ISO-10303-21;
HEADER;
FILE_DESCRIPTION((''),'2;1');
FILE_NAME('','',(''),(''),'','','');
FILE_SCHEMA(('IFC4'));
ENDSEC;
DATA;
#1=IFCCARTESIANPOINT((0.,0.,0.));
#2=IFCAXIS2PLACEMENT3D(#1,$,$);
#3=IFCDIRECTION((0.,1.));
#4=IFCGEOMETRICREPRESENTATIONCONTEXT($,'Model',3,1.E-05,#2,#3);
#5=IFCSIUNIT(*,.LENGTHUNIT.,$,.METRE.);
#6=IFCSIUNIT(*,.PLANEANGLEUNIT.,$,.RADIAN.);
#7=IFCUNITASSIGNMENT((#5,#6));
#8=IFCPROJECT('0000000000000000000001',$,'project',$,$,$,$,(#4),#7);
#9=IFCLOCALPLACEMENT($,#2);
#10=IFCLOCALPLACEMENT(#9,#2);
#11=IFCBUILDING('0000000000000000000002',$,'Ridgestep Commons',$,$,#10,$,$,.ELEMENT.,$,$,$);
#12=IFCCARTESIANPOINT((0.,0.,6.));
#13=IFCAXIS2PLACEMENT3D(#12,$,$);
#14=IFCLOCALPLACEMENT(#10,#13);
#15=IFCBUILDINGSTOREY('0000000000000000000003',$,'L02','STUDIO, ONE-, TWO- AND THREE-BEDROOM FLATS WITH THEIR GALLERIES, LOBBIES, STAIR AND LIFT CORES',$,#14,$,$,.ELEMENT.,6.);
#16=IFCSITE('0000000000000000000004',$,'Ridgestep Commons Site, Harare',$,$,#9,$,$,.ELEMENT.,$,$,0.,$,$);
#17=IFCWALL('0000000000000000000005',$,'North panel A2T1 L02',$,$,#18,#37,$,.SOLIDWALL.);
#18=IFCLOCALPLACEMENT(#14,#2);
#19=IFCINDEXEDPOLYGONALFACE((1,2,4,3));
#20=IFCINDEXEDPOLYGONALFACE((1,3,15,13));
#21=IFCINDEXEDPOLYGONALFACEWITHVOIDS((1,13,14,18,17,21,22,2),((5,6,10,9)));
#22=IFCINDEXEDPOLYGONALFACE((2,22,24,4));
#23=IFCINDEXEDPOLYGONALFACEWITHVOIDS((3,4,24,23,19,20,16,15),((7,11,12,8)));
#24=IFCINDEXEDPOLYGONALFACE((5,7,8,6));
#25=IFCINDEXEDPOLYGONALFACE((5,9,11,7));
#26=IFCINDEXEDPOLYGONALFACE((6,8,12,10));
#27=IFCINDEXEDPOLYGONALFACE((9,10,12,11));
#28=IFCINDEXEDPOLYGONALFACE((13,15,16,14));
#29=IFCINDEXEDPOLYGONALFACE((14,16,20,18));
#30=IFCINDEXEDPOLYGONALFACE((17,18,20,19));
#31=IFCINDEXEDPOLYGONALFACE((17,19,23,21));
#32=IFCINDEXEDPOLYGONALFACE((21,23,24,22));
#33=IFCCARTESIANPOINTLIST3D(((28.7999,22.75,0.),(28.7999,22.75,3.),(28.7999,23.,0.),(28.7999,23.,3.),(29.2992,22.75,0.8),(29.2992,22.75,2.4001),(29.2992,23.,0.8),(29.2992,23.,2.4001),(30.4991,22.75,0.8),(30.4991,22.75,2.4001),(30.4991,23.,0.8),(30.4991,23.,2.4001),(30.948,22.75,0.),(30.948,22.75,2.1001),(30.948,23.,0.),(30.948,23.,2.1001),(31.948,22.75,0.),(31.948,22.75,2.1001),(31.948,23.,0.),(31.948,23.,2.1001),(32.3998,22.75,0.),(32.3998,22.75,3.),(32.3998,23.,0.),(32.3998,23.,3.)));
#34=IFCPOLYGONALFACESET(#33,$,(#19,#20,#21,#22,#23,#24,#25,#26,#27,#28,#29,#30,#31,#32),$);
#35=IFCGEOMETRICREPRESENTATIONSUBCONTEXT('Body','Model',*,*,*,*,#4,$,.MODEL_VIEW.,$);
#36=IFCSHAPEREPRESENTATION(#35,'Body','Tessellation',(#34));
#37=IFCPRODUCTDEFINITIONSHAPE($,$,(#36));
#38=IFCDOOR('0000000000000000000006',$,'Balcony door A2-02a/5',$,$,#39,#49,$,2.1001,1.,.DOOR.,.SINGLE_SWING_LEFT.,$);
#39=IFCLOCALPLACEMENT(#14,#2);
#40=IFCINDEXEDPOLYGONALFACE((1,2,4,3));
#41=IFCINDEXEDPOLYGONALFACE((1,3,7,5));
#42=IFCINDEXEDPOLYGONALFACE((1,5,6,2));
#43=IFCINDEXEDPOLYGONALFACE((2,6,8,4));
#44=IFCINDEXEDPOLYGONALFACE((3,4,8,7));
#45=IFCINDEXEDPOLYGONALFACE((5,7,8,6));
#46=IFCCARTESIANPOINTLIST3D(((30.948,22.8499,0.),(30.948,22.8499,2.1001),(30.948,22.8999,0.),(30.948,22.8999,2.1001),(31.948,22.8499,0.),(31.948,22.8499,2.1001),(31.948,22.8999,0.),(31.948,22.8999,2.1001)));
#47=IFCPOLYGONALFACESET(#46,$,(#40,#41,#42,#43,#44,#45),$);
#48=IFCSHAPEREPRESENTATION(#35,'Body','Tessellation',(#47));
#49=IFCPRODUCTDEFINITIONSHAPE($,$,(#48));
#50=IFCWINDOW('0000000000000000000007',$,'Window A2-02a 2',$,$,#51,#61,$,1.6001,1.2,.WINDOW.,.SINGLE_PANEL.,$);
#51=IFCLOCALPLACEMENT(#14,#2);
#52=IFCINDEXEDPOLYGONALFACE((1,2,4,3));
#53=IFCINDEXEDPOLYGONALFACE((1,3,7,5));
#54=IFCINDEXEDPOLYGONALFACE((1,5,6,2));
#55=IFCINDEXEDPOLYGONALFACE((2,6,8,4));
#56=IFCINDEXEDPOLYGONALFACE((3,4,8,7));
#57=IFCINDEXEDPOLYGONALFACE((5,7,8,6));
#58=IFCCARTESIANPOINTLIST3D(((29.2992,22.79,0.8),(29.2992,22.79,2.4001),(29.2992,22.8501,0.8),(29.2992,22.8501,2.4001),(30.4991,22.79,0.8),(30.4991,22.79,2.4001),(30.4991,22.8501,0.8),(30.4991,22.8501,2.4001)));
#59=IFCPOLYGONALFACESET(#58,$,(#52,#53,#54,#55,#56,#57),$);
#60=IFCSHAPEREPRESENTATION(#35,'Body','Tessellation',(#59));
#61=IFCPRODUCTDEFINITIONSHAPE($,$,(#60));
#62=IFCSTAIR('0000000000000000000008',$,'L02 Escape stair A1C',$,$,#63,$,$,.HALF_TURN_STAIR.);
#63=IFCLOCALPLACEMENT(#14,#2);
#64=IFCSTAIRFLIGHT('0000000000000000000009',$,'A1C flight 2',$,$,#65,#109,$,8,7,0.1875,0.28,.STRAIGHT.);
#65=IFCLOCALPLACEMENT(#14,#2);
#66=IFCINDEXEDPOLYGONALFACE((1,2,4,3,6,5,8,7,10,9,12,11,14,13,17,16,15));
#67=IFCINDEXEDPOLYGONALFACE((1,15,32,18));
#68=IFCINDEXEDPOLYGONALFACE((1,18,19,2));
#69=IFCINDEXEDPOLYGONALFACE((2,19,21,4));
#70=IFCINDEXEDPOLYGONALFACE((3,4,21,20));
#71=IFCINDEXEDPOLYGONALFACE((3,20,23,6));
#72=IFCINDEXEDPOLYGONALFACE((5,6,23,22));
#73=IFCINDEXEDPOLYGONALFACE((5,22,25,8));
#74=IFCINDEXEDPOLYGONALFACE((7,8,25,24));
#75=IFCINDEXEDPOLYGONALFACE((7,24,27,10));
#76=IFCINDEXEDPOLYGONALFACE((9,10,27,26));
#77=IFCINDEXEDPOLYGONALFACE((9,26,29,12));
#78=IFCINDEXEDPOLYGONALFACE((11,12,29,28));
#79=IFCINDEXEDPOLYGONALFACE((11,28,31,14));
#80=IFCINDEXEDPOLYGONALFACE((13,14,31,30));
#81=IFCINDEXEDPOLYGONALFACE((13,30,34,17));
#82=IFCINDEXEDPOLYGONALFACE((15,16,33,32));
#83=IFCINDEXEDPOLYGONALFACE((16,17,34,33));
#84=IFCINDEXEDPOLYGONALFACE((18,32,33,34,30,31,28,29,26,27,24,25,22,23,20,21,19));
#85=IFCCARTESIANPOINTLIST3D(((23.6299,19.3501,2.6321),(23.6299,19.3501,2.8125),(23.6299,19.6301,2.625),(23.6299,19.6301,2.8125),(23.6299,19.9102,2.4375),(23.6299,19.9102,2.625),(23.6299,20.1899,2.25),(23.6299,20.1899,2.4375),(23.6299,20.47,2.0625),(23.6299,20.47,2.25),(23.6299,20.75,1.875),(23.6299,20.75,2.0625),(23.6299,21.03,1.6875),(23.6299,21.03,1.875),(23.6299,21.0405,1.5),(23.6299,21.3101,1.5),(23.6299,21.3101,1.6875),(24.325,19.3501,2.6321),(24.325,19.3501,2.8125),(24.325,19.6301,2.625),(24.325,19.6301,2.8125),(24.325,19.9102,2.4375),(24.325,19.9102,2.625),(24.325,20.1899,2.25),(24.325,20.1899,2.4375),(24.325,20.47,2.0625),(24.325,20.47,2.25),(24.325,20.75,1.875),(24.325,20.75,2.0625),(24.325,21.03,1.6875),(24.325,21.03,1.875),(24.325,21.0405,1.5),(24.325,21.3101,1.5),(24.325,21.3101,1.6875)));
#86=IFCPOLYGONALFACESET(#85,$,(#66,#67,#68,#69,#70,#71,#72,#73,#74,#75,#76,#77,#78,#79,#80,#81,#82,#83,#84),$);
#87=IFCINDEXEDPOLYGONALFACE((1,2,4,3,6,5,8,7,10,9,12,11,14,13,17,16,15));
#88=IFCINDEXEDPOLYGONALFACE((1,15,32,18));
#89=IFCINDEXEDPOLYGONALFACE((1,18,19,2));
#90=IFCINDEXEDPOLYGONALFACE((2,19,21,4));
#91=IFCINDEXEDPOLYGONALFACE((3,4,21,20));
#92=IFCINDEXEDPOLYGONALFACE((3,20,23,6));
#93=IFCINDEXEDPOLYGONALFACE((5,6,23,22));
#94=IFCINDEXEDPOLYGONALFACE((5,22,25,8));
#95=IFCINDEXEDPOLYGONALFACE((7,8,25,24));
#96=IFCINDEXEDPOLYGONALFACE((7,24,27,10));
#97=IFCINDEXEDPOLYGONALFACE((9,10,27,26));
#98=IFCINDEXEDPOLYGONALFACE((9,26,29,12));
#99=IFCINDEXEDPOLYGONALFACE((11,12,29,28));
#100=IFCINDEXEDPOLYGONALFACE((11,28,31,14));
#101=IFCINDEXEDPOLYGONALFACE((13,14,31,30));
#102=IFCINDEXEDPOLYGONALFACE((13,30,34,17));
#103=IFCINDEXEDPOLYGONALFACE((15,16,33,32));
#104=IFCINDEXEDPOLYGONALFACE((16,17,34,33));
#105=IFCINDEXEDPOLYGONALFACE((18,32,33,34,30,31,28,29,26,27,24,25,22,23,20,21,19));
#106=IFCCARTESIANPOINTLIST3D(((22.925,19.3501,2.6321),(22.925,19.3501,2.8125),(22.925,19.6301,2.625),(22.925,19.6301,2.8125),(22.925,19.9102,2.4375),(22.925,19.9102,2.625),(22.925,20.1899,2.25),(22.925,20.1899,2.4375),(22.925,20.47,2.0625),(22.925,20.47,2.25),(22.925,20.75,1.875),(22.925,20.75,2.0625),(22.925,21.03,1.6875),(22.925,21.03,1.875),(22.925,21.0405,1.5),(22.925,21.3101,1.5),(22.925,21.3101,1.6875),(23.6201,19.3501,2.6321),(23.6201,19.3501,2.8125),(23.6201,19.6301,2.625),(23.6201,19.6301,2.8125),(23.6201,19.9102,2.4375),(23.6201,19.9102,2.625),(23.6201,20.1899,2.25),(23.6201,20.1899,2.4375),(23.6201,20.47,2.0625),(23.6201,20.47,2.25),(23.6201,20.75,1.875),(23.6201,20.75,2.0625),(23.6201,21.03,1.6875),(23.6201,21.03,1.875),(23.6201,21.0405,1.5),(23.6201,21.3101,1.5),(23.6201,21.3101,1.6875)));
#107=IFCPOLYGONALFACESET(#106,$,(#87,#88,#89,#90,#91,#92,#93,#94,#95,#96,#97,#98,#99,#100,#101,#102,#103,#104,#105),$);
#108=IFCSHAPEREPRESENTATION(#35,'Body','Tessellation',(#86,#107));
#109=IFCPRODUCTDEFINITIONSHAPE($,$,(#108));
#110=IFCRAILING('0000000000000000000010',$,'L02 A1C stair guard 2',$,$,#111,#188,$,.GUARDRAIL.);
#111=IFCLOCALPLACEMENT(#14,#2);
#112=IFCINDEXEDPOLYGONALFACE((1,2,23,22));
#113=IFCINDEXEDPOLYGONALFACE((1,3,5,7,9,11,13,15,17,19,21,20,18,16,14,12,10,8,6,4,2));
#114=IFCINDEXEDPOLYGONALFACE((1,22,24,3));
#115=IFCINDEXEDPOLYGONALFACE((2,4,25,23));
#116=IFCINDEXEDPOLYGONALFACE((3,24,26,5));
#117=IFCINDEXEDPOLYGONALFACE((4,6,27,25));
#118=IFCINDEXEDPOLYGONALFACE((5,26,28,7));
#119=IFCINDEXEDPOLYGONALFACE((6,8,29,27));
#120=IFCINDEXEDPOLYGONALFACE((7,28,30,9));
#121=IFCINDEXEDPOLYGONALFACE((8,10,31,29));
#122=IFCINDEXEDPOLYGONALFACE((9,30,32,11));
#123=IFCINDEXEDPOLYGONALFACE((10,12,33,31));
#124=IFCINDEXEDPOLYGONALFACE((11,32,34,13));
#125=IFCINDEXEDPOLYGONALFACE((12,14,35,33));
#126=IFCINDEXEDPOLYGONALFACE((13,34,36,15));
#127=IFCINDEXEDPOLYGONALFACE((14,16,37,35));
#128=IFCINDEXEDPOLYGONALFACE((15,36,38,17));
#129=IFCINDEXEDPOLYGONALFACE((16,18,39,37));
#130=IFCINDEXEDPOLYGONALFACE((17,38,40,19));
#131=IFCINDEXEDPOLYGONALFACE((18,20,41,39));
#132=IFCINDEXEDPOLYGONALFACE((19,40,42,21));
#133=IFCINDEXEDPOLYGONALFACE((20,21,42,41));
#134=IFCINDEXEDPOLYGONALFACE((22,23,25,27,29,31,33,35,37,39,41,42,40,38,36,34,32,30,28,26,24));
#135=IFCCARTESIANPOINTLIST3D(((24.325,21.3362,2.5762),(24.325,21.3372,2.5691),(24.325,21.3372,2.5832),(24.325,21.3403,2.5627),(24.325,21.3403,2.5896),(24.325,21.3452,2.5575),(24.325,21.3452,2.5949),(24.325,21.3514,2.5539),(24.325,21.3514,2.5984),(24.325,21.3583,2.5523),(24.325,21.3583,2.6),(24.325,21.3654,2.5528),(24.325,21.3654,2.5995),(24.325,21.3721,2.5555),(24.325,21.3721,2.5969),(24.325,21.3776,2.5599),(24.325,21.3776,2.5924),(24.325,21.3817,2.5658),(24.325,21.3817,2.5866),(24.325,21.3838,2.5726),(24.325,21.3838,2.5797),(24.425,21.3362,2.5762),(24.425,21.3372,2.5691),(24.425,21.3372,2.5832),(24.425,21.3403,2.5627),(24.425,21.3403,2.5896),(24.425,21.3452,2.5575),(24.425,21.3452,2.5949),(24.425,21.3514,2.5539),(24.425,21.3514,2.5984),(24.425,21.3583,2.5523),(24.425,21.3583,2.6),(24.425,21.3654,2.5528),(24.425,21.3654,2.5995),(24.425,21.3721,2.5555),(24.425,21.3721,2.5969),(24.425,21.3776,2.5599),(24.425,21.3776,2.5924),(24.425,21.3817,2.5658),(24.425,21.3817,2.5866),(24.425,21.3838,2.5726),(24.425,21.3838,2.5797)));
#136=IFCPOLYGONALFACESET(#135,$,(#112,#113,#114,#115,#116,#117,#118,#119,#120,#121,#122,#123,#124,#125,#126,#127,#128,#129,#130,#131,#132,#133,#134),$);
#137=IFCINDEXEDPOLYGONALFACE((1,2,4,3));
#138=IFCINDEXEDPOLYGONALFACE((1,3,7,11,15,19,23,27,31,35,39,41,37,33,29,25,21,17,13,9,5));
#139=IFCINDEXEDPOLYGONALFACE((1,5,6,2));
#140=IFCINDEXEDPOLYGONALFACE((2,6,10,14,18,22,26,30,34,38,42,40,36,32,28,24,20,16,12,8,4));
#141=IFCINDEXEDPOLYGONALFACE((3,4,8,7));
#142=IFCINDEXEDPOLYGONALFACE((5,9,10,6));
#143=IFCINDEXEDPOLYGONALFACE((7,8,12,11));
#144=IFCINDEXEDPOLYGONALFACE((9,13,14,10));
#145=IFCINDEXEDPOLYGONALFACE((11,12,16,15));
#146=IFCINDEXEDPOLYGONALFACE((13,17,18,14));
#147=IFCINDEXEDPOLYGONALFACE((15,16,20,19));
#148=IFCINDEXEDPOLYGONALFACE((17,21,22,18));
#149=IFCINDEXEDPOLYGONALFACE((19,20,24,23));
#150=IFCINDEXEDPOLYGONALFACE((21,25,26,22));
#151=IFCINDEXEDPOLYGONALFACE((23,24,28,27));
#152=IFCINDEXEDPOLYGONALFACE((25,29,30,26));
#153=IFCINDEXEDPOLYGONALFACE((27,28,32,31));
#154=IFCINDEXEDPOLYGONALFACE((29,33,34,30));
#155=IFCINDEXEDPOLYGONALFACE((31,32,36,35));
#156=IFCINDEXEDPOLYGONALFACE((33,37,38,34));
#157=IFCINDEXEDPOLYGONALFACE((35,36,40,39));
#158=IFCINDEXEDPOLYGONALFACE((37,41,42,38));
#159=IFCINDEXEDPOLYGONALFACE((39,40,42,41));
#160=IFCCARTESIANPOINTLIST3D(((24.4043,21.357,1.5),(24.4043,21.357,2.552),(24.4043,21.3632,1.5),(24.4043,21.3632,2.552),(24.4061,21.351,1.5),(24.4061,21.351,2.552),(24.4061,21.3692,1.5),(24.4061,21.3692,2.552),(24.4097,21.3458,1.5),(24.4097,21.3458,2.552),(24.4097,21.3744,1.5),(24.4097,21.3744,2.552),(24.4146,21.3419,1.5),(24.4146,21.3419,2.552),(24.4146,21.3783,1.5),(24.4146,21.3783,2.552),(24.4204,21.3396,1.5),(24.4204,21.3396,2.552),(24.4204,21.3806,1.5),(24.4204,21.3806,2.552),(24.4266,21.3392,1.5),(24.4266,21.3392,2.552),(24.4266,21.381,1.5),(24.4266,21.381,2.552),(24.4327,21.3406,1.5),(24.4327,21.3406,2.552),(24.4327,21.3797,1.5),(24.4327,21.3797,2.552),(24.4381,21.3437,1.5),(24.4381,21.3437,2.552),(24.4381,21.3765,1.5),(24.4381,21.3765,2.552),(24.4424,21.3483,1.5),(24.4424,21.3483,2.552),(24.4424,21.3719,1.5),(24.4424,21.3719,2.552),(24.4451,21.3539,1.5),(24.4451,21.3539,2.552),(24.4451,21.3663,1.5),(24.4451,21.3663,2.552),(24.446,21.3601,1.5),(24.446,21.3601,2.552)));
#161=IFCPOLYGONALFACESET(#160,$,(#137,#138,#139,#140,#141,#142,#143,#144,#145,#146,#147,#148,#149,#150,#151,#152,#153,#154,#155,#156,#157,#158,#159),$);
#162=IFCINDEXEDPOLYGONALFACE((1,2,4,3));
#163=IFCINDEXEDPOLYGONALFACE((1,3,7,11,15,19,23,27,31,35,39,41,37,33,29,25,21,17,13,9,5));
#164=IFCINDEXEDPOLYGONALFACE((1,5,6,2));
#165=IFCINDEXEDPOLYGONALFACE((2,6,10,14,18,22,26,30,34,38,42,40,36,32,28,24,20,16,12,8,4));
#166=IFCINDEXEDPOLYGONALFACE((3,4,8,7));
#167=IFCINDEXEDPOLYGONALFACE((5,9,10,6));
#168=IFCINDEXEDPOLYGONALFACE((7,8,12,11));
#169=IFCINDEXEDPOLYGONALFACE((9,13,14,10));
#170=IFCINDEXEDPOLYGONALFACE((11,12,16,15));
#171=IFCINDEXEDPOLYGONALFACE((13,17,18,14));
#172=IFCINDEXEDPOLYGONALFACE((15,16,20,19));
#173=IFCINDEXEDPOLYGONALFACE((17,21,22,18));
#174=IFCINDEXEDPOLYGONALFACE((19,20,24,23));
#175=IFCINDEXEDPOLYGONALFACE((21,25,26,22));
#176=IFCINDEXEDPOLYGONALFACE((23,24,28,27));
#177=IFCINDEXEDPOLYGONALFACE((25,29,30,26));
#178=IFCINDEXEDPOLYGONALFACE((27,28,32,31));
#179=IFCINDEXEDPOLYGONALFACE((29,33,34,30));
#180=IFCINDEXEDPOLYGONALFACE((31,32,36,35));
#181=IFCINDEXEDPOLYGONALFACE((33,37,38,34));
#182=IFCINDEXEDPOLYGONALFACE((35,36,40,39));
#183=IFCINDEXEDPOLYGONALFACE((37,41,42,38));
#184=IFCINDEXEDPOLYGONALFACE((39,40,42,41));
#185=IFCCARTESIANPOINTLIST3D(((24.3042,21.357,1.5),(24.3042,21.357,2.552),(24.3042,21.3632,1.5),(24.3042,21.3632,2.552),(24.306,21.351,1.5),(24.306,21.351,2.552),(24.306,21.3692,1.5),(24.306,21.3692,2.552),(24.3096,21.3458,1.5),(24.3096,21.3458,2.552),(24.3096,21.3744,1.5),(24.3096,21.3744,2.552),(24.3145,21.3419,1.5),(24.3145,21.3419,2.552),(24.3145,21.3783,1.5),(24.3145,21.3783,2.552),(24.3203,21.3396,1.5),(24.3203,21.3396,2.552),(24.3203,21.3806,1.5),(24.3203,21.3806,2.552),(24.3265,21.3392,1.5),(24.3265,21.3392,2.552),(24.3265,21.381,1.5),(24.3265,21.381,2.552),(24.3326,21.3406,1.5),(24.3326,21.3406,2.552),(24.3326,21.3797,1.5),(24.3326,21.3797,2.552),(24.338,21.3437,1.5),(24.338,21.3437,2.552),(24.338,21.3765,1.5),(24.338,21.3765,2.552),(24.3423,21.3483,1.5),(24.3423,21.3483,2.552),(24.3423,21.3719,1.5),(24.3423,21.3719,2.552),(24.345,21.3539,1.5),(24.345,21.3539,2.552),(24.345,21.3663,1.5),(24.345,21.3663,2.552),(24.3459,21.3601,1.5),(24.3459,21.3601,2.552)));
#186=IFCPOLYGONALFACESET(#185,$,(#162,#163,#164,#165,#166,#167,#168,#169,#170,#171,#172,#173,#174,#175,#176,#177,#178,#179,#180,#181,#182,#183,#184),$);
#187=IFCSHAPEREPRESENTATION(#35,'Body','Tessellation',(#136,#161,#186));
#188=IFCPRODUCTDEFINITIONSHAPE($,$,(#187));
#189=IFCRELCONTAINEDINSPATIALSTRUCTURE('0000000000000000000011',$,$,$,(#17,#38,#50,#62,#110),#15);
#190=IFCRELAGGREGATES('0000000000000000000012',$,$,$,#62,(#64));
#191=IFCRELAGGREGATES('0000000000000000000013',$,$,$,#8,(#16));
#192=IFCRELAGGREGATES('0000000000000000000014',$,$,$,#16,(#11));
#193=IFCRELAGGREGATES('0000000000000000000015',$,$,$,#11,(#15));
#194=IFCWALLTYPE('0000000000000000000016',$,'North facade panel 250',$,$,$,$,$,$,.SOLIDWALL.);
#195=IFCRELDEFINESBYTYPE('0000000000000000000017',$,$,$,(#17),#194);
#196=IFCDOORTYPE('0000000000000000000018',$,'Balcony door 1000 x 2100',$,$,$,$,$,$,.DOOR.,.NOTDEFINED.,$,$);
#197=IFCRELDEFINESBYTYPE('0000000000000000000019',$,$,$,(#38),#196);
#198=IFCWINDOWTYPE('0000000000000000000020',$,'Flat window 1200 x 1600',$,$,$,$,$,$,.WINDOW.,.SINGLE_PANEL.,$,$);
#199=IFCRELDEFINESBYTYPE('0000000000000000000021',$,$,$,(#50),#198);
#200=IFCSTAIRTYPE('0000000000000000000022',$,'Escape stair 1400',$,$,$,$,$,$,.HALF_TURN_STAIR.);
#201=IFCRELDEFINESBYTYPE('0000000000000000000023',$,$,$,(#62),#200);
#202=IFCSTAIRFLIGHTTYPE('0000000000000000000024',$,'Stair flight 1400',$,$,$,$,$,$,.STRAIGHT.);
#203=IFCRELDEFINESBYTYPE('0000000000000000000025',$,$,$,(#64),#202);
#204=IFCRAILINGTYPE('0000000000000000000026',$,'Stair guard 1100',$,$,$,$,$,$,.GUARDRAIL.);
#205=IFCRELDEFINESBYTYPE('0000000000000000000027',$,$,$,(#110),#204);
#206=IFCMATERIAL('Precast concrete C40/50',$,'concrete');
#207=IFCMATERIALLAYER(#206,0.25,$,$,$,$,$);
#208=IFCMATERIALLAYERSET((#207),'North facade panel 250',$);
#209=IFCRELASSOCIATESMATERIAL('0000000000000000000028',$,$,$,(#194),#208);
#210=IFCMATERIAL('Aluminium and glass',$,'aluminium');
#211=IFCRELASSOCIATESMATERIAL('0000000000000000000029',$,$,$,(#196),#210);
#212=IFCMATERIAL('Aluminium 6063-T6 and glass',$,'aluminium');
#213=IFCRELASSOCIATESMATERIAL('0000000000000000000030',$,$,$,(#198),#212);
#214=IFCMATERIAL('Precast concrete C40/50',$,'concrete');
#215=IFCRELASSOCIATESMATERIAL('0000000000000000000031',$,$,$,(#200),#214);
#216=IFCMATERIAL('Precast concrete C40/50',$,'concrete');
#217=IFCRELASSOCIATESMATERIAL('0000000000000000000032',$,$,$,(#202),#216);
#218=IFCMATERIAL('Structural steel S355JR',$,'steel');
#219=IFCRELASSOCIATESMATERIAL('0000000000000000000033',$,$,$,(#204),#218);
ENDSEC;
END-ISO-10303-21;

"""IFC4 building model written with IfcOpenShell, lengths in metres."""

from ifc_helpers import new_model, si_unit, direction, frame, frame_2d, origin, origin_2d, place, context, subcontext, project, spatial, polyline, rectangle, circle, outline, extrude, material, layer, layer_set, type_object, element, fill, aggregate, save


model = new_model("IFC4")

# Units and contexts
model_context = context("Model", 3, precision=1e-05, world=origin(), true_north=direction((0.0, 1.0)))
body_context = subcontext(model_context, "Body", "Model", "MODEL_VIEW")
ifc_project = project(units=[si_unit("LENGTHUNIT", "METRE"), si_unit("PLANEANGLEUNIT", "RADIAN")], contexts=[model_context])

# Site, building, storey
site_placement = place(None, origin())
site = spatial("IfcSite", under=ifc_project, at=site_placement, Name="Ridgestep Commons Site, Harare", CompositionType="ELEMENT", RefElevation=0.0)
building_placement = place(site_placement, origin())
building = spatial("IfcBuilding", under=site, at=building_placement, Name="Ridgestep Commons", CompositionType="ELEMENT")
storey_placement = place(building_placement, frame((0.0, 0.0, 6.0)))
storey = spatial("IfcBuildingStorey", under=building, at=storey_placement, Name="L02", Description="STUDIO, ONE-, TWO- AND THREE-BEDROOM FLATS WITH THEIR GALLERIES, LOBBIES, STAIR AND LIFT CORES", CompositionType="ELEMENT", Elevation=6.0)

# Shared definitions
ifc_material_1 = material(Name="Precast concrete C40/50", Category="concrete")
ifc_layer_1 = layer(ifc_material_1, 0.25)
ifc_layer_set_1 = layer_set([ifc_layer_1], Name="North facade panel 250")
wall_type = type_object("IfcWallType", Name="North facade panel 250", PredefinedType="SOLIDWALL", material=ifc_layer_set_1)

# Wall, openings, door, window
wall_1_placement = place(storey_placement, frame((28.8, 22.875, 0.0), z_axis=(0.0, 0.0, 1.0), x_axis=(1.0, 0.0, 0.0)))
wall_1 = element("IfcWall", 1, at=wall_1_placement, inside=storey, type_object=wall_type, Name="North panel A2T1 L02", PredefinedType="SOLIDWALL", context=body_context, shape_type="SweptSolid", body=[
    extrude(rectangle(XDim=3.5999, YDim=0.25, at=frame_2d((1.7998, 0.0))), origin(), (0.0, 0.0, 1.0), 3.0),
])
opening_1_placement = place(wall_1_placement, frame((0.499, 0.0, 0.8)))
opening_1 = element("IfcOpeningElement", 2, at=opening_1_placement, cuts=wall_1, PredefinedType="OPENING", context=body_context, shape_type="SweptSolid", body=[
    extrude(rectangle(XDim=1.2, YDim=1.6001, at=frame_2d((0.6001, 0.8))), frame((0.0, 0.135, 0.0), z_axis=(0.0, -1.0, 0.0), x_axis=(1.0, 0.0, 0.0)), (0.0, 0.0, 1.0), 0.27),
])
opening_2_placement = place(wall_1_placement, frame((2.1479, 0.0, 0.0)))
opening_2 = element("IfcOpeningElement", 3, at=opening_2_placement, cuts=wall_1, PredefinedType="OPENING", context=body_context, shape_type="SweptSolid", body=[
    extrude(rectangle(XDim=1.0, YDim=2.1001, at=frame_2d((0.5, 1.05))), frame((0.0, 0.135, 0.0), z_axis=(0.0, -1.0, 0.0), x_axis=(1.0, 0.0, 0.0)), (0.0, 0.0, 1.0), 0.27),
])
ifc_material_2 = material(Name="Aluminium and glass", Category="aluminium")
door_type = type_object("IfcDoorType", Name="Balcony door 1000 x 2100", OperationType="NOTDEFINED", PredefinedType="DOOR", material=ifc_material_2)
door_placement = place(opening_2_placement, origin())
door = element("IfcDoor", 4, at=door_placement, inside=storey, type_object=door_type, Name="Balcony door A2-02a/5", OperationType="SINGLE_SWING_LEFT", OverallHeight=2.1001, OverallWidth=1.0, PredefinedType="DOOR", context=body_context, shape_type="SweptSolid", body=[
    extrude(rectangle(XDim=1.0, YDim=2.1001, at=frame_2d((0.5, 1.05))), frame((0.0, 0.0249, 0.0), z_axis=(0.0, -1.0, 0.0), x_axis=(1.0, 0.0, 0.0)), (0.0, 0.0, 1.0), 0.05),
])
fill(opening_2, door)
ifc_material_3 = material(Name="Aluminium 6063-T6 and glass", Category="aluminium")
window_type = type_object("IfcWindowType", Name="Flat window 1200 x 1600", PartitioningType="SINGLE_PANEL", PredefinedType="WINDOW", material=ifc_material_3)
window_placement = place(opening_1_placement, origin())
window = element("IfcWindow", 5, at=window_placement, inside=storey, type_object=window_type, Name="Window A2-02a 2", OverallHeight=1.6001, OverallWidth=1.2, PartitioningType="SINGLE_PANEL", PredefinedType="WINDOW", context=body_context, shape_type="SweptSolid", body=[
    extrude(rectangle(XDim=1.2, YDim=1.6001, at=frame_2d((0.6001, 0.8))), frame((0.0, -0.0249, 0.0), z_axis=(0.0, -1.0, 0.0), x_axis=(1.0, 0.0, 0.0)), (0.0, 0.0, 1.0), 0.0601),
])
fill(opening_1, window)

# Stair, stair flight
ifc_material_4 = material(Name="Precast concrete C40/50", Category="concrete")
stair_type = type_object("IfcStairType", Name="Escape stair 1400", PredefinedType="HALF_TURN_STAIR", material=ifc_material_4)
stair_placement = place(storey_placement, origin())
stair = element("IfcStair", 6, at=stair_placement, inside=storey, type_object=stair_type, Name="L02 Escape stair A1C", PredefinedType="HALF_TURN_STAIR")
ifc_material_5 = material(Name="Precast concrete C40/50", Category="concrete")
stair_flight_type = type_object("IfcStairFlightType", Name="Stair flight 1400", PredefinedType="STRAIGHT", material=ifc_material_5)
stair_flight_placement = place(storey_placement, frame((23.625, 21.3101, 1.5), z_axis=(0.0, 0.0, 1.0), x_axis=(0.0, -1.0, 0.0)))
stair_flight = element("IfcStairFlight", 7, at=stair_flight_placement, type_object=stair_flight_type, Name="A1C flight 2", NumberOfRisers=8, NumberOfTreads=7, PredefinedType="STRAIGHT", RiserHeight=0.1875, TreadLength=0.28, context=body_context, shape_type="SweptSolid", body=[
    extrude(outline(polyline([(0.0, 0.0), (0.0, 0.1875), (0.28, 0.1875), (0.28, 0.375), (0.5601, 0.375), (0.5601, 0.5625), (0.8401, 0.5625), (0.8401, 0.75), (1.1201, 0.75), (1.1201, 0.9375), (1.3999, 0.9375), (1.3999, 1.125), (1.6799, 1.125), (1.6799, 1.3125), (1.96, 1.3125), (1.96, 1.5), (1.96, 1.1321), (0.2695, 0.0), (0.0, 0.0)])), frame((0.0, 0.7, 0.0), z_axis=(0.0, -1.0, 0.0), x_axis=(1.0, 0.0, 0.0)), (0.0, 0.0, 1.0), 0.6951),
    extrude(outline(polyline([(0.0, 0.0), (0.0, 0.1875), (0.28, 0.1875), (0.28, 0.375), (0.5601, 0.375), (0.5601, 0.5625), (0.8401, 0.5625), (0.8401, 0.75), (1.1201, 0.75), (1.1201, 0.9375), (1.3999, 0.9375), (1.3999, 1.125), (1.6799, 1.125), (1.6799, 1.3125), (1.96, 1.3125), (1.96, 1.5), (1.96, 1.1321), (0.2695, 0.0), (0.0, 0.0)])), frame((0.0, -0.0049, 0.0), z_axis=(0.0, -1.0, 0.0), x_axis=(1.0, 0.0, 0.0)), (0.0, 0.0, 1.0), 0.6951),
])
aggregate(stair, [stair_flight])

# Railing
ifc_material_6 = material(Name="Structural steel S355JR", Category="steel")
railing_type_1 = type_object("IfcRailingType", Name="Stair guard 1100", PredefinedType="GUARDRAIL", material=ifc_material_6)
railing_1_placement = place(storey_placement, frame((24.425, 21.3601, 1.5)))
element("IfcRailing", 8, at=railing_1_placement, inside=storey, type_object=railing_type_1, Name="L02 A1C stair guard 2", PredefinedType="GUARDRAIL", context=body_context, shape_type="SweptSolid", body=[
    extrude(circle(Radius=0.0239, at=origin_2d()), frame((0.0, 0.0, 1.0762), z_axis=(-1.0, 0.0, 0.0), x_axis=(0.0, -1.0, 0.0)), (0.0, 0.0, 1.0), 0.1001),
    extrude(circle(Radius=0.021, at=origin_2d()), origin(), (0.0, 0.0, 1.0), 1.052),
    extrude(circle(Radius=0.021, at=origin_2d()), frame((-0.1001, 0.0, 0.0)), (0.0, 0.0, 1.0), 1.052),
])

save(model, "model.ifc")
